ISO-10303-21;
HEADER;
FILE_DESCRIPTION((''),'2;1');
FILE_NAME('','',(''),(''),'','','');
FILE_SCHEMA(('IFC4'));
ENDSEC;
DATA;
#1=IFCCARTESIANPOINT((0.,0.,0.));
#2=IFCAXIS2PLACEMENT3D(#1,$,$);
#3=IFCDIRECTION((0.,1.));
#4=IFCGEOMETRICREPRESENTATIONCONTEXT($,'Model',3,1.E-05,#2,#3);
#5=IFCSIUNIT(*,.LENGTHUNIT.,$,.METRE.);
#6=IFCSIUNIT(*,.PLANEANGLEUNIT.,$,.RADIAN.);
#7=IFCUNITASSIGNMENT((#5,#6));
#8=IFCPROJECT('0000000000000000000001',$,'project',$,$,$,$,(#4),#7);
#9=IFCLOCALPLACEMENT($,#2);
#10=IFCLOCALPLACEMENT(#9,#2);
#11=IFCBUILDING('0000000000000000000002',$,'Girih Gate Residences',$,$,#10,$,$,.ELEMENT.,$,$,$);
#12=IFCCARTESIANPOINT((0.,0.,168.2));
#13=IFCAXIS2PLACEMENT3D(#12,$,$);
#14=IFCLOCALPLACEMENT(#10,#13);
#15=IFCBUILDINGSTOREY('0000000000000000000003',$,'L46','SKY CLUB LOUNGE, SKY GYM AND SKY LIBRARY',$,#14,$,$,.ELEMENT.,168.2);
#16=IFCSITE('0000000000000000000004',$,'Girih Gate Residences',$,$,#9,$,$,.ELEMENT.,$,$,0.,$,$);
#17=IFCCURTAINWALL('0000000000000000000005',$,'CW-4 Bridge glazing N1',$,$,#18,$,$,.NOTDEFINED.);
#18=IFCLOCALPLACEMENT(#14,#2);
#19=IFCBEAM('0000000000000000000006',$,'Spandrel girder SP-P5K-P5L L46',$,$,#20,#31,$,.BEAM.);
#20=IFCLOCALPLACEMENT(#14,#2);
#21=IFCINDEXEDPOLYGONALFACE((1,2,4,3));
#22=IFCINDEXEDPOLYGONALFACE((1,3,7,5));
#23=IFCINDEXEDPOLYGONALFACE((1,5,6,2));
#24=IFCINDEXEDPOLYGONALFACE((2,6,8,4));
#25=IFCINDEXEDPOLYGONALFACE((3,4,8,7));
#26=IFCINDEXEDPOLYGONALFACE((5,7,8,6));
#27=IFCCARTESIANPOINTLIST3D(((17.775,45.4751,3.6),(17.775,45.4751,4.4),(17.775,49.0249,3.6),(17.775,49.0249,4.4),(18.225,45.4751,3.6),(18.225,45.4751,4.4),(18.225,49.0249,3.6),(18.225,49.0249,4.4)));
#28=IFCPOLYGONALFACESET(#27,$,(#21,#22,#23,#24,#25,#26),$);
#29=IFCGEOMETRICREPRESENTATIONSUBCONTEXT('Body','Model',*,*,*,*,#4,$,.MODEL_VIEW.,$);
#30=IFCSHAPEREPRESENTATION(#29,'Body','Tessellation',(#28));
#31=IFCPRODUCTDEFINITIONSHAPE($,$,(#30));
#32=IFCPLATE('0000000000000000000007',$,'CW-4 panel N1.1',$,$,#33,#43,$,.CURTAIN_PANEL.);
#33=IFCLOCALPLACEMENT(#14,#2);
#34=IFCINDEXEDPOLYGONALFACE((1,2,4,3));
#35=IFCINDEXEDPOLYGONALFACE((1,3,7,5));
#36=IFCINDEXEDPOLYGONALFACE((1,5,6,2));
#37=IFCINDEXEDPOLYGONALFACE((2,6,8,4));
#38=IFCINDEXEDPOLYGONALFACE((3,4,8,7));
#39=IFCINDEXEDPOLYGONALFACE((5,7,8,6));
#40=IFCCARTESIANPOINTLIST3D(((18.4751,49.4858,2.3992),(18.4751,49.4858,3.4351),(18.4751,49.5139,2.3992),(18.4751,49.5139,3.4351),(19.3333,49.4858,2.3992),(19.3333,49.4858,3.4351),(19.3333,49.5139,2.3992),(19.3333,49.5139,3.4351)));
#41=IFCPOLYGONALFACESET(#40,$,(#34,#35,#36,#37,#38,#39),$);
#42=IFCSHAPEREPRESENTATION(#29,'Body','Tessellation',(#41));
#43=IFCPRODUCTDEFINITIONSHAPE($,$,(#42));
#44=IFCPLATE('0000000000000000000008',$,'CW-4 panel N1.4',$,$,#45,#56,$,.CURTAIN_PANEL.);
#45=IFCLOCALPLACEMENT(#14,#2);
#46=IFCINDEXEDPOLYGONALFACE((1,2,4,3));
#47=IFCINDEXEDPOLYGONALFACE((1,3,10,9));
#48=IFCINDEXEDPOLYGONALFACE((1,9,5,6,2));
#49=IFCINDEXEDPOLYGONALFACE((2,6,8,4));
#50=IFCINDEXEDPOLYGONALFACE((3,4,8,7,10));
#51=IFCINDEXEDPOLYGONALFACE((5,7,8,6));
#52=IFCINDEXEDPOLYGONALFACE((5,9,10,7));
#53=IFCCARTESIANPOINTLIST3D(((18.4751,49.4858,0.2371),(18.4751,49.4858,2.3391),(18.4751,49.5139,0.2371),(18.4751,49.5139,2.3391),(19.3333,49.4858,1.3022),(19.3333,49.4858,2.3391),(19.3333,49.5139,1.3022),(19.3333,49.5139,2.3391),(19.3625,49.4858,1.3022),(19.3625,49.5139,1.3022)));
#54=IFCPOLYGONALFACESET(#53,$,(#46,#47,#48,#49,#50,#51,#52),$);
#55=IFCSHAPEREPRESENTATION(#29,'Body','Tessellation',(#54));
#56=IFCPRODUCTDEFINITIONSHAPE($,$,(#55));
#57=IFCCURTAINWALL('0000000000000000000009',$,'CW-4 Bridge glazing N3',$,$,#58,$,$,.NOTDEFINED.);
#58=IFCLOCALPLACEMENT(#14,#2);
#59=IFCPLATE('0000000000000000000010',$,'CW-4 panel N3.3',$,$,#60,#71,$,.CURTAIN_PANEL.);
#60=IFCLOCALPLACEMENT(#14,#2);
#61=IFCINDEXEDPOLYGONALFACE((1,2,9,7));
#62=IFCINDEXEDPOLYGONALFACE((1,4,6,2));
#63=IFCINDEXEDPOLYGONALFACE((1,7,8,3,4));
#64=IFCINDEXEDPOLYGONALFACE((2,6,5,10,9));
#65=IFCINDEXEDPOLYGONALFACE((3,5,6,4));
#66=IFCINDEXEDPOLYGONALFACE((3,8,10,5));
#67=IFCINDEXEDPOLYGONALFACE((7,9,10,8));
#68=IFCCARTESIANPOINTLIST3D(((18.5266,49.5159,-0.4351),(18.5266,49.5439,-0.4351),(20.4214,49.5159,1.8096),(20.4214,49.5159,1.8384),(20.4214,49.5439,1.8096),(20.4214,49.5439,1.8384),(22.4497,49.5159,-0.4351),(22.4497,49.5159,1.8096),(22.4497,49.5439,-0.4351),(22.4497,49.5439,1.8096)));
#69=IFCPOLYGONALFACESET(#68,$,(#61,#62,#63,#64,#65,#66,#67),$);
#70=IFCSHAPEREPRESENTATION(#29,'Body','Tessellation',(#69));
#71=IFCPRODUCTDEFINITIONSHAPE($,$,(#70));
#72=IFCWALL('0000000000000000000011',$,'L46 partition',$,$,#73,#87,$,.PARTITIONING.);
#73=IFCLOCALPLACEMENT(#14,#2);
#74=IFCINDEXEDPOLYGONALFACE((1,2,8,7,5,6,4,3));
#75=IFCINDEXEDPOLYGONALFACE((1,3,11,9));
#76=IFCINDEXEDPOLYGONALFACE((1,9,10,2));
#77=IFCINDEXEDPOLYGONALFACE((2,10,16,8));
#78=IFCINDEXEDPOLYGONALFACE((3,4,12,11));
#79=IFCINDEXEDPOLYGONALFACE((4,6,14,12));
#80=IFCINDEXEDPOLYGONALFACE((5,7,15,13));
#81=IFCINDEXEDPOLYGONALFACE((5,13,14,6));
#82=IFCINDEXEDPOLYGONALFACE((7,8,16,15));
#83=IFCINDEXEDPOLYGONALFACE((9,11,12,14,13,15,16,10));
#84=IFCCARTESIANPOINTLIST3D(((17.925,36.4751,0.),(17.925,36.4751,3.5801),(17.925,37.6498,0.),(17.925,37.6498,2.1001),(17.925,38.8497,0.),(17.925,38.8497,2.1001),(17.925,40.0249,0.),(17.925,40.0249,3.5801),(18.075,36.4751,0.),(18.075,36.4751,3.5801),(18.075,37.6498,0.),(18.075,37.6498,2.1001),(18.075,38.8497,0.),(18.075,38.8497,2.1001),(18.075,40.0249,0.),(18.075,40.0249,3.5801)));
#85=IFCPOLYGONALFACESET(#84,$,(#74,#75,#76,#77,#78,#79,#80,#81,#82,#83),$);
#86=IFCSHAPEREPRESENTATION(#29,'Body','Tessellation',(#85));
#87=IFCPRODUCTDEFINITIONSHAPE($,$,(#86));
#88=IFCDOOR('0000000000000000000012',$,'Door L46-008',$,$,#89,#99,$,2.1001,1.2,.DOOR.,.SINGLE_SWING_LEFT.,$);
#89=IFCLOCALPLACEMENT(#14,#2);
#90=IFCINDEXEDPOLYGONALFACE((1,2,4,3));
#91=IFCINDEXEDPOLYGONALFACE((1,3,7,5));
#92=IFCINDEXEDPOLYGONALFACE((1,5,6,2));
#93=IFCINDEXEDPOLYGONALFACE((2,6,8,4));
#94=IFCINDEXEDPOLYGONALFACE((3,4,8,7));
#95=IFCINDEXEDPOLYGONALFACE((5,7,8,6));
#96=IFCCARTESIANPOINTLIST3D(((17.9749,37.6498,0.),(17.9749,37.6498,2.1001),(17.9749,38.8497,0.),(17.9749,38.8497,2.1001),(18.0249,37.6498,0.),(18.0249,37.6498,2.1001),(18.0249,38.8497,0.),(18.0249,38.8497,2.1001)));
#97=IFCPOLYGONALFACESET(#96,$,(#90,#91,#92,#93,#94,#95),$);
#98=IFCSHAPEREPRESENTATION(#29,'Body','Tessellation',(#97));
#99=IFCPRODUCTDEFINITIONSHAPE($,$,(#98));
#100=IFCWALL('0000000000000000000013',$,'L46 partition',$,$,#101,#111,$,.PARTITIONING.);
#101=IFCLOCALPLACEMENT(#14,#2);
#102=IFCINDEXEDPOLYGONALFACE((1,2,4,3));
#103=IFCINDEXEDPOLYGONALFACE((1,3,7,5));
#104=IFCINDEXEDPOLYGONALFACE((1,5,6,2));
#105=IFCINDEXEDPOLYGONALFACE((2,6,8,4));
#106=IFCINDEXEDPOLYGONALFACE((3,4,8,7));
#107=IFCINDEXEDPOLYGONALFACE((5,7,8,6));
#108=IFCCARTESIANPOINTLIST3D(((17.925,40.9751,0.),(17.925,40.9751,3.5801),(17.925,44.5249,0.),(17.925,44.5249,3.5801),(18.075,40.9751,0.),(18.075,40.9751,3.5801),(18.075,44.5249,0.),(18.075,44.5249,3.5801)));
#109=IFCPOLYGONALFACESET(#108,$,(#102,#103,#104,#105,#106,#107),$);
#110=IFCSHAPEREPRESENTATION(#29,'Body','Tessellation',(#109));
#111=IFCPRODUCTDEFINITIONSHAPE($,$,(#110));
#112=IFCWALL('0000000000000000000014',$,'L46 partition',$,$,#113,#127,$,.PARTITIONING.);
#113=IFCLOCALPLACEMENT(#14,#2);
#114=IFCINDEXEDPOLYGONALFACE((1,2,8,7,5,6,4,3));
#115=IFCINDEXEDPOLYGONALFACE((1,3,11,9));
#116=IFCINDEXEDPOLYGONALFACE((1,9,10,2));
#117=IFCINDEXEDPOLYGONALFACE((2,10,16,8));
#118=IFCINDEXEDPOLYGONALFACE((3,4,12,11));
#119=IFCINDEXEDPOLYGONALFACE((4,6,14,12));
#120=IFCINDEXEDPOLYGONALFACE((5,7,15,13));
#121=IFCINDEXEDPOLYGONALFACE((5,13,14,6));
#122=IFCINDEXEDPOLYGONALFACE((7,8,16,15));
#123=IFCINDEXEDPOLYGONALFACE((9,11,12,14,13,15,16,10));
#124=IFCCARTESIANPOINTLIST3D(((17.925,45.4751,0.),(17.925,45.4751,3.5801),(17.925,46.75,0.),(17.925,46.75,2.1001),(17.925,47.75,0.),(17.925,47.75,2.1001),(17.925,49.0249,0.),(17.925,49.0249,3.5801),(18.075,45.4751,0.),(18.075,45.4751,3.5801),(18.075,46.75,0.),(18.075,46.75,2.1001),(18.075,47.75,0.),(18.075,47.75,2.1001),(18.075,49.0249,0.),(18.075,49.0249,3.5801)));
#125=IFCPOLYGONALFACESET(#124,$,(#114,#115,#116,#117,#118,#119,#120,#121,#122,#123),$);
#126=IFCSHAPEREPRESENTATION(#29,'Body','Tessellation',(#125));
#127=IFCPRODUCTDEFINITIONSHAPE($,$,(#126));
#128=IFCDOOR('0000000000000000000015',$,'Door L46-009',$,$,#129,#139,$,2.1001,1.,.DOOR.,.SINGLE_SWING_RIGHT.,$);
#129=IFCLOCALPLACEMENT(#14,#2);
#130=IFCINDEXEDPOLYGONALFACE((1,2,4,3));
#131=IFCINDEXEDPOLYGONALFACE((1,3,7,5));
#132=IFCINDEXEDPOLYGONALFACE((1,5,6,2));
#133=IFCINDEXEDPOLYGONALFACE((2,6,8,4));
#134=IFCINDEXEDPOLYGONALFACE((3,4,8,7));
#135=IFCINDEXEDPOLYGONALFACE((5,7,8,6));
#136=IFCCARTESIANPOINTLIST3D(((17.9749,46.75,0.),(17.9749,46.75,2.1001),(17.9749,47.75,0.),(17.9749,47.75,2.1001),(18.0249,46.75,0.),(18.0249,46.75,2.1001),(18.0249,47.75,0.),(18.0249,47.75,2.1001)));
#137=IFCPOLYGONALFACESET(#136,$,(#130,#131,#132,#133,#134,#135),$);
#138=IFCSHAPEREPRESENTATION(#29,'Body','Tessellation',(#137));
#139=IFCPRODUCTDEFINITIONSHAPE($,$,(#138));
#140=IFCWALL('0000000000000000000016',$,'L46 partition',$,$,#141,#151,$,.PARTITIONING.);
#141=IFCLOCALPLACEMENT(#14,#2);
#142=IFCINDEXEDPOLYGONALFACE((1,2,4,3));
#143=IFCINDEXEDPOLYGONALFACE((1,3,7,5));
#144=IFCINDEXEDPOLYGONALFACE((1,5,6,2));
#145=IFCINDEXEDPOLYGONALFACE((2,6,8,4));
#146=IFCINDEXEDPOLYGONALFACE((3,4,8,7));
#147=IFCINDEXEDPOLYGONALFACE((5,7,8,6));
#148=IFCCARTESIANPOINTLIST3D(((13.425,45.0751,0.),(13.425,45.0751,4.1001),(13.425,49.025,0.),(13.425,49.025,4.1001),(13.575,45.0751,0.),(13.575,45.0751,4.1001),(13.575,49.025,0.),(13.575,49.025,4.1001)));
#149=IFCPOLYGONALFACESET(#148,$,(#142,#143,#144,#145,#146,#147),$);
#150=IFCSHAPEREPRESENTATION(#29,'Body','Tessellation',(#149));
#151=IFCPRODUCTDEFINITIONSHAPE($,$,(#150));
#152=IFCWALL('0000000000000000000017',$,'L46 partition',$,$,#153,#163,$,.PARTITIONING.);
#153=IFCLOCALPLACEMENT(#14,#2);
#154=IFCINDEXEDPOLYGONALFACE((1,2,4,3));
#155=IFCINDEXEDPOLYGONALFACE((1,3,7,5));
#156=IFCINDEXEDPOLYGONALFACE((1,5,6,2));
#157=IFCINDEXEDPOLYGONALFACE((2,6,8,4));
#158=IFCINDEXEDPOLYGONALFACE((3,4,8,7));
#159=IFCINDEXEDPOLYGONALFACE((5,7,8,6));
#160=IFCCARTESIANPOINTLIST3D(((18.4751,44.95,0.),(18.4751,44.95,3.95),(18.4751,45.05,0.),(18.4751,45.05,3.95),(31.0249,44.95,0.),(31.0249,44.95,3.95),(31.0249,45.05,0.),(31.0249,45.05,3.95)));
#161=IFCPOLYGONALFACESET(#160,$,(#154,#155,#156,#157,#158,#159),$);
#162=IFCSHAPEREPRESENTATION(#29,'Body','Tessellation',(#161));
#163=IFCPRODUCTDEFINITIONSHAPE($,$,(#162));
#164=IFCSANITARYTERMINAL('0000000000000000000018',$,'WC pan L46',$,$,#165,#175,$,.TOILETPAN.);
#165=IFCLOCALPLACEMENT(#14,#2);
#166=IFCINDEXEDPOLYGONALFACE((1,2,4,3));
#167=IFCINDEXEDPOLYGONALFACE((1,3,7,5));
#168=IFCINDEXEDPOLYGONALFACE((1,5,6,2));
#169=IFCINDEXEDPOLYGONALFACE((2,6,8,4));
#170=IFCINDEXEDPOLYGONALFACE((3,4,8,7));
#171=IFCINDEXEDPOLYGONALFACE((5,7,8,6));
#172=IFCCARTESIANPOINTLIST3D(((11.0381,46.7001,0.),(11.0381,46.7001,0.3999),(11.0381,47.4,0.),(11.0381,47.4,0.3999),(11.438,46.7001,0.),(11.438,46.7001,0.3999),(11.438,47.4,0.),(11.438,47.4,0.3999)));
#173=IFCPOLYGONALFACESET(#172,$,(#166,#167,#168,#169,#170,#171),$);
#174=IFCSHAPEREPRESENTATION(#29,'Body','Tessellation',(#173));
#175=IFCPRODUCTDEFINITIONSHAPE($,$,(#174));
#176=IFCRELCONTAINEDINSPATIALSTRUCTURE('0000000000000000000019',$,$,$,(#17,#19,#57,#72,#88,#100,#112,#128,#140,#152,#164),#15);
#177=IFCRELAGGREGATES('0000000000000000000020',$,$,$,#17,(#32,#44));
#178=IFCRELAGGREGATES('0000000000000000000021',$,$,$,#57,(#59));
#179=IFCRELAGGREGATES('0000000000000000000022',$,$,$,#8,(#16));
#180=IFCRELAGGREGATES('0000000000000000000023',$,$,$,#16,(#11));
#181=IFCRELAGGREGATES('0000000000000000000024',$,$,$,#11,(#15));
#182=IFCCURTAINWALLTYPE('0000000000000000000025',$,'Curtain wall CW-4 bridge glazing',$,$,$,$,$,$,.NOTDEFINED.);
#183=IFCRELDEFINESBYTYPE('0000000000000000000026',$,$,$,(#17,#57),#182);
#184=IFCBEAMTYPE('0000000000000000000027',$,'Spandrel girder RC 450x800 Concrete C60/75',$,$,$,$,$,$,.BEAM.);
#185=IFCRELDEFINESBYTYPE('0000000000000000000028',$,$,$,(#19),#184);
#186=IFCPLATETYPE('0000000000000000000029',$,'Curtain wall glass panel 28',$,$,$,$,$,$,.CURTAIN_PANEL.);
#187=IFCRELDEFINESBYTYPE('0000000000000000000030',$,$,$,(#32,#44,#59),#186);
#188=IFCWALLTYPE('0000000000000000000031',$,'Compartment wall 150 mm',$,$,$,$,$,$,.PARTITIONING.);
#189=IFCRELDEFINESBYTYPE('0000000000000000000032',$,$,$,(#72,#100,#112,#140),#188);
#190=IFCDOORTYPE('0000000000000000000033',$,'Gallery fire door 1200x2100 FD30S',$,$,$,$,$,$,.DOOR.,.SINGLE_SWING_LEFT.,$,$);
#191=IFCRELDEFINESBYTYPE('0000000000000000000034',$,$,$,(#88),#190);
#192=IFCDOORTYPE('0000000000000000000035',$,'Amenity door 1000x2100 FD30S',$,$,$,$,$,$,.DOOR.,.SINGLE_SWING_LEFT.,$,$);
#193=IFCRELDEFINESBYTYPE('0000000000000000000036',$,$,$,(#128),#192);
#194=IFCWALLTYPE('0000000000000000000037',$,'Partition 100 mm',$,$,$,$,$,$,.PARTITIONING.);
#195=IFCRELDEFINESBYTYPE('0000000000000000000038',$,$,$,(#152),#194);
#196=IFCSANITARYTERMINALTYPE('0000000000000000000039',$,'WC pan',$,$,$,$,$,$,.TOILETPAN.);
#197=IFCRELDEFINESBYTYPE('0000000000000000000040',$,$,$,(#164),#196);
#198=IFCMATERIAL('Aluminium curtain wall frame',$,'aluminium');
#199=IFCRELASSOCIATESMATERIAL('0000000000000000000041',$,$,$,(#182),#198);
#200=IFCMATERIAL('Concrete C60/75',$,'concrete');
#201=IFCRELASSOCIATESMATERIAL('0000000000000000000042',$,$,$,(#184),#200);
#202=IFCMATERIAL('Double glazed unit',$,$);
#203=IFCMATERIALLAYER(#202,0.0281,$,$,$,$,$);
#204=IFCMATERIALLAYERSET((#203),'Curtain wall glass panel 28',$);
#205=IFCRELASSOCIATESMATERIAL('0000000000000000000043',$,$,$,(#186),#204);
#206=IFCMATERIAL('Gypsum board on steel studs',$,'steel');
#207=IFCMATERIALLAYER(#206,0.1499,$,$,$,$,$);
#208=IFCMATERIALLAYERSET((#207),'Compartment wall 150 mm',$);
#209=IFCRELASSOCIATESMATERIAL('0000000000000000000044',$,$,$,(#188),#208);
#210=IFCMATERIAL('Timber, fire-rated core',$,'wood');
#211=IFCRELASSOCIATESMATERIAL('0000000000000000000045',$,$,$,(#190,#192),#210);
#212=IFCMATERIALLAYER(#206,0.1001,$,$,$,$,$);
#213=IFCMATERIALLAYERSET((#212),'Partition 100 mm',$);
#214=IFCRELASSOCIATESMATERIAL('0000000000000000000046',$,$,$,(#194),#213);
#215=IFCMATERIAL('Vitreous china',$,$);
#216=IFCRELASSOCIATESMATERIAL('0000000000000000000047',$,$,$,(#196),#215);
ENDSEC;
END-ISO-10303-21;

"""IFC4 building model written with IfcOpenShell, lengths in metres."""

from ifc_helpers import new_model, si_unit, direction, frame, frame_2d, origin, origin_2d, place, context, subcontext, project, spatial, polyline, rectangle, outline, extrude, material, layer, layer_set, material_profile, profile_set, type_object, element, fill, aggregate, save


model = new_model("IFC4")

# Units and contexts
model_context = context("Model", 3, precision=1e-05, world=origin(), true_north=direction((0.0, 1.0)))
body_context = subcontext(model_context, "Body", "Model", "MODEL_VIEW")
ifc_project = project(units=[si_unit("LENGTHUNIT", "METRE"), si_unit("PLANEANGLEUNIT", "RADIAN")], contexts=[model_context])

# Site, building, storey
site_placement = place(None, origin())
site = spatial("IfcSite", under=ifc_project, at=site_placement, Name="Girih Gate Residences", CompositionType="ELEMENT", RefElevation=0.0)
building_placement = place(site_placement, origin())
building = spatial("IfcBuilding", under=site, at=building_placement, Name="Girih Gate Residences", CompositionType="ELEMENT")
storey_placement = place(building_placement, frame((0.0, 0.0, 168.2)))
storey = spatial("IfcBuildingStorey", under=building, at=storey_placement, Name="L46", Description="SKY CLUB LOUNGE, SKY GYM AND SKY LIBRARY", CompositionType="ELEMENT", Elevation=168.2)

# Curtain wall
ifc_material_1 = material(Name="Aluminium curtain wall frame", Category="aluminium")
curtain_wall_type = type_object("IfcCurtainWallType", Name="Curtain wall CW-4 bridge glazing", PredefinedType="NOTDEFINED", material=ifc_material_1)
curtain_wall_1_placement = place(storey_placement, origin())
curtain_wall_1 = element("IfcCurtainWall", 1, at=curtain_wall_1_placement, inside=storey, type_object=curtain_wall_type, Name="CW-4 Bridge glazing N1", PredefinedType="NOTDEFINED")

# Beam
ifc_material_2 = material(Name="Concrete C60/75", Category="concrete")
ifc_material_profile_1 = material_profile(ifc_material_2, rectangle(XDim=0.45, YDim=0.8, at=origin_2d()))
ifc_profile_set_1 = profile_set([ifc_material_profile_1], Name="Concrete C60/75")
beam_type = type_object("IfcBeamType", Name="Spandrel girder RC 450x800 Concrete C60/75", PredefinedType="BEAM", material=ifc_profile_set_1)
for number, where, z_axis, x_axis, name in (
    (2, (18.0, 45.4751, 4.0), (0.0, 1.0, 0.0), (-1.0, 0.0, 0.0), "Spandrel girder SP-P5K-P5L L46"),
):
    element("IfcBeam", number, at=place(storey_placement, frame(where, z_axis=z_axis, x_axis=x_axis)), inside=storey, type_object=beam_type, Name=name, PredefinedType="BEAM", context=body_context, shape_type="SweptSolid", body=[
        extrude(rectangle(XDim=0.45, YDim=0.8, at=origin_2d()), origin(), (0.0, 0.0, 1.0), 3.5498),
    ])

# Plates
ifc_material_3 = material(Name="Double glazed unit")
ifc_layer_1 = layer(ifc_material_3, 0.0281)
ifc_layer_set_1 = layer_set([ifc_layer_1], Name="Curtain wall glass panel 28")
plate_type = type_object("IfcPlateType", Name="Curtain wall glass panel 28", PredefinedType="CURTAIN_PANEL", material=ifc_layer_set_1)
plate_1_placement = place(storey_placement, frame((19.3333, 49.5139, 3.4351), z_axis=(0.0, 1.0, 0.0), x_axis=(0.0, 0.0, -1.0)))
plate_1 = element("IfcPlate", 3, at=plate_1_placement, type_object=plate_type, Name="CW-4 panel N1.1", PredefinedType="CURTAIN_PANEL", context=body_context, shape_type="SweptSolid", body=[
    extrude(outline(polyline([(0.0, 0.0), (1.0359, 0.0), (1.0359, 0.8582), (0.0, 0.8582), (0.0, 0.0)])), origin(), (0.0, 0.0, -1.0), 0.0281),
])
plate_2_placement = place(storey_placement, frame((18.4751, 49.5139, 0.2371), z_axis=(0.0, 1.0, 0.0), x_axis=(0.0, 0.0, 1.0)))
plate_2 = element("IfcPlate", 4, at=plate_2_placement, type_object=plate_type, Name="CW-4 panel N1.4", PredefinedType="CURTAIN_PANEL", context=body_context, shape_type="SweptSolid", body=[
    extrude(outline(polyline([(0.0, 0.0), (2.1021, 0.0), (2.1021, 0.8582), (1.0652, 0.8582), (1.0652, 0.8875), (0.0, 0.0)])), origin(), (0.0, 0.0, -1.0), 0.0281),
])
aggregate(curtain_wall_1, [plate_1, plate_2])

# Curtain wall, plate
curtain_wall_2_placement = place(storey_placement, origin())
curtain_wall_2 = element("IfcCurtainWall", 5, at=curtain_wall_2_placement, inside=storey, type_object=curtain_wall_type, Name="CW-4 Bridge glazing N3", PredefinedType="NOTDEFINED")
plate_3_placement = place(storey_placement, frame((18.5266, 49.5439, -0.4351), z_axis=(0.0, 1.0, 0.0), x_axis=(0.640233, 0.0, 0.768181)))
plate_3 = element("IfcPlate", 6, at=plate_3_placement, type_object=plate_type, Name="CW-4 panel N3.3", PredefinedType="CURTAIN_PANEL", context=body_context, shape_type="SweptSolid", body=[
    extrude(outline(polyline([(0.0, 0.0), (2.9595, 0.0), (2.9374, 0.0184), (4.236, 1.5766), (2.5117, 3.0136), (0.0, 0.0)])), origin(), (0.0, 0.0, -1.0), 0.0281),
])
aggregate(curtain_wall_2, [plate_3])

# Wall, opening, door
ifc_material_4 = material(Name="Gypsum board on steel studs", Category="steel")
ifc_layer_2 = layer(ifc_material_4, 0.1499)
ifc_layer_set_2 = layer_set([ifc_layer_2], Name="Compartment wall 150 mm")
wall_type_1 = type_object("IfcWallType", Name="Compartment wall 150 mm", PredefinedType="PARTITIONING", material=ifc_layer_set_2)
wall_1_placement = place(storey_placement, frame((18.0, 40.0249, 0.0), z_axis=(0.0, 0.0, 1.0), x_axis=(0.0, -1.0, 0.0)))
wall_1 = element("IfcWall", 7, at=wall_1_placement, inside=storey, type_object=wall_type_1, Name="L46 partition", PredefinedType="PARTITIONING", context=body_context, shape_type="SweptSolid", body=[
    extrude(rectangle(XDim=3.5498, YDim=0.1499, at=frame_2d((1.7749, 0.0))), origin(), (0.0, 0.0, 1.0), 3.5801),
])
opening_1_placement = place(wall_1_placement, frame((1.175, 0.0, 0.0)))
opening_1 = element("IfcOpeningElement", 8, at=opening_1_placement, cuts=wall_1, PredefinedType="OPENING", context=body_context, shape_type="SweptSolid", body=[
    extrude(rectangle(XDim=1.2, YDim=2.1001, at=frame_2d((0.6001, 1.05))), frame((0.0, 0.085, 0.0), z_axis=(0.0, -1.0, 0.0), x_axis=(1.0, 0.0, 0.0)), (0.0, 0.0, 1.0), 0.1699),
])
ifc_material_5 = material(Name="Timber, fire-rated core", Category="wood")
door_type_1 = type_object("IfcDoorType", Name="Gallery fire door 1200x2100 FD30S", OperationType="SINGLE_SWING_LEFT", PredefinedType="DOOR", material=ifc_material_5)
door_1_placement = place(opening_1_placement, origin())
door_1 = element("IfcDoor", 9, at=door_1_placement, inside=storey, type_object=door_type_1, Name="Door L46-008", OperationType="SINGLE_SWING_LEFT", OverallHeight=2.1001, OverallWidth=1.2, PredefinedType="DOOR", context=body_context, shape_type="SweptSolid", body=[
    extrude(rectangle(XDim=1.2, YDim=2.1001, at=frame_2d((0.6001, 1.05))), frame((0.0, 0.0249, 0.0), z_axis=(0.0, -1.0, 0.0), x_axis=(1.0, 0.0, 0.0)), (0.0, 0.0, 1.0), 0.05),
])
fill(opening_1, door_1)

# Wall
wall_2_placement = place(storey_placement, frame((18.0, 40.9751, 0.0), z_axis=(0.0, 0.0, 1.0), x_axis=(0.0, 1.0, 0.0)))
element("IfcWall", 10, at=wall_2_placement, inside=storey, type_object=wall_type_1, Name="L46 partition", PredefinedType="PARTITIONING", context=body_context, shape_type="SweptSolid", body=[
    extrude(rectangle(XDim=3.5498, YDim=0.1499, at=frame_2d((1.7749, 0.0))), origin(), (0.0, 0.0, 1.0), 3.5801),
])

# Wall, opening, door
wall_3_placement = place(storey_placement, frame((18.0, 49.0249, 0.0), z_axis=(0.0, 0.0, 1.0), x_axis=(0.0, -1.0, 0.0)))
wall_3 = element("IfcWall", 11, at=wall_3_placement, inside=storey, type_object=wall_type_1, Name="L46 partition", PredefinedType="PARTITIONING", context=body_context, shape_type="SweptSolid", body=[
    extrude(rectangle(XDim=3.5498, YDim=0.1499, at=frame_2d((1.7749, 0.0))), origin(), (0.0, 0.0, 1.0), 3.5801),
])
opening_2_placement = place(wall_3_placement, frame((1.2749, 0.0, 0.0)))
opening_2 = element("IfcOpeningElement", 12, at=opening_2_placement, cuts=wall_3, PredefinedType="OPENING", context=body_context, shape_type="SweptSolid", body=[
    extrude(rectangle(XDim=1.0, YDim=2.1001, at=frame_2d((0.5, 1.05))), frame((0.0, 0.085, 0.0), z_axis=(0.0, -1.0, 0.0), x_axis=(1.0, 0.0, 0.0)), (0.0, 0.0, 1.0), 0.1699),
])
door_type_2 = type_object("IfcDoorType", Name="Amenity door 1000x2100 FD30S", OperationType="SINGLE_SWING_LEFT", PredefinedType="DOOR", material=ifc_material_5)
door_2_placement = place(opening_2_placement, origin())
door_2 = element("IfcDoor", 13, at=door_2_placement, inside=storey, type_object=door_type_2, Name="Door L46-009", OperationType="SINGLE_SWING_RIGHT", OverallHeight=2.1001, OverallWidth=1.0, PredefinedType="DOOR", context=body_context, shape_type="SweptSolid", body=[
    extrude(rectangle(XDim=1.0, YDim=2.1001, at=frame_2d((0.5, 1.05))), frame((0.0, 0.0249, 0.0), z_axis=(0.0, -1.0, 0.0), x_axis=(1.0, 0.0, 0.0)), (0.0, 0.0, 1.0), 0.05),
])
fill(opening_2, door_2)

# Walls
wall_4_placement = place(storey_placement, frame((13.5, 45.075, 0.0), z_axis=(0.0, 0.0, 1.0), x_axis=(0.0, 1.0, 0.0)))
element("IfcWall", 14, at=wall_4_placement, inside=storey, type_object=wall_type_1, Name="L46 partition", PredefinedType="PARTITIONING", context=body_context, shape_type="SweptSolid", body=[
    extrude(rectangle(XDim=3.95, YDim=0.1499, at=frame_2d((1.9751, 0.0))), origin(), (0.0, 0.0, 1.0), 4.1001),
])
ifc_layer_3 = layer(ifc_material_4, 0.1001)
ifc_layer_set_3 = layer_set([ifc_layer_3], Name="Partition 100 mm")
wall_type_2 = type_object("IfcWallType", Name="Partition 100 mm", PredefinedType="PARTITIONING", material=ifc_layer_set_3)
wall_5_placement = place(storey_placement, frame((18.4751, 45.0, 0.0), z_axis=(0.0, 0.0, 1.0), x_axis=(1.0, 0.0, 0.0)))
element("IfcWall", 15, at=wall_5_placement, inside=storey, type_object=wall_type_2, Name="L46 partition", PredefinedType="PARTITIONING", context=body_context, shape_type="SweptSolid", body=[
    extrude(rectangle(XDim=12.5498, YDim=0.1001, at=frame_2d((6.2749, 0.0))), origin(), (0.0, 0.0, 1.0), 3.95),
])

# Sanitary terminal
ifc_material_6 = material(Name="Vitreous china")
sanitary_terminal_type = type_object("IfcSanitaryTerminalType", Name="WC pan", PredefinedType="TOILETPAN", material=ifc_material_6)
sanitary_terminal_placement = place(storey_placement, frame((11.238, 47.05, 0.0), z_axis=(0.0, 0.0, 1.0), x_axis=(1.0, 0.0, 0.0)))
element("IfcSanitaryTerminal", 16, at=sanitary_terminal_placement, inside=storey, type_object=sanitary_terminal_type, Name="WC pan L46", PredefinedType="TOILETPAN", context=body_context, shape_type="SweptSolid", body=[
    extrude(rectangle(XDim=0.3999, YDim=0.7, at=origin_2d()), origin(), (0.0, 0.0, 1.0), 0.3999),
])

save(model, "model.ifc")
